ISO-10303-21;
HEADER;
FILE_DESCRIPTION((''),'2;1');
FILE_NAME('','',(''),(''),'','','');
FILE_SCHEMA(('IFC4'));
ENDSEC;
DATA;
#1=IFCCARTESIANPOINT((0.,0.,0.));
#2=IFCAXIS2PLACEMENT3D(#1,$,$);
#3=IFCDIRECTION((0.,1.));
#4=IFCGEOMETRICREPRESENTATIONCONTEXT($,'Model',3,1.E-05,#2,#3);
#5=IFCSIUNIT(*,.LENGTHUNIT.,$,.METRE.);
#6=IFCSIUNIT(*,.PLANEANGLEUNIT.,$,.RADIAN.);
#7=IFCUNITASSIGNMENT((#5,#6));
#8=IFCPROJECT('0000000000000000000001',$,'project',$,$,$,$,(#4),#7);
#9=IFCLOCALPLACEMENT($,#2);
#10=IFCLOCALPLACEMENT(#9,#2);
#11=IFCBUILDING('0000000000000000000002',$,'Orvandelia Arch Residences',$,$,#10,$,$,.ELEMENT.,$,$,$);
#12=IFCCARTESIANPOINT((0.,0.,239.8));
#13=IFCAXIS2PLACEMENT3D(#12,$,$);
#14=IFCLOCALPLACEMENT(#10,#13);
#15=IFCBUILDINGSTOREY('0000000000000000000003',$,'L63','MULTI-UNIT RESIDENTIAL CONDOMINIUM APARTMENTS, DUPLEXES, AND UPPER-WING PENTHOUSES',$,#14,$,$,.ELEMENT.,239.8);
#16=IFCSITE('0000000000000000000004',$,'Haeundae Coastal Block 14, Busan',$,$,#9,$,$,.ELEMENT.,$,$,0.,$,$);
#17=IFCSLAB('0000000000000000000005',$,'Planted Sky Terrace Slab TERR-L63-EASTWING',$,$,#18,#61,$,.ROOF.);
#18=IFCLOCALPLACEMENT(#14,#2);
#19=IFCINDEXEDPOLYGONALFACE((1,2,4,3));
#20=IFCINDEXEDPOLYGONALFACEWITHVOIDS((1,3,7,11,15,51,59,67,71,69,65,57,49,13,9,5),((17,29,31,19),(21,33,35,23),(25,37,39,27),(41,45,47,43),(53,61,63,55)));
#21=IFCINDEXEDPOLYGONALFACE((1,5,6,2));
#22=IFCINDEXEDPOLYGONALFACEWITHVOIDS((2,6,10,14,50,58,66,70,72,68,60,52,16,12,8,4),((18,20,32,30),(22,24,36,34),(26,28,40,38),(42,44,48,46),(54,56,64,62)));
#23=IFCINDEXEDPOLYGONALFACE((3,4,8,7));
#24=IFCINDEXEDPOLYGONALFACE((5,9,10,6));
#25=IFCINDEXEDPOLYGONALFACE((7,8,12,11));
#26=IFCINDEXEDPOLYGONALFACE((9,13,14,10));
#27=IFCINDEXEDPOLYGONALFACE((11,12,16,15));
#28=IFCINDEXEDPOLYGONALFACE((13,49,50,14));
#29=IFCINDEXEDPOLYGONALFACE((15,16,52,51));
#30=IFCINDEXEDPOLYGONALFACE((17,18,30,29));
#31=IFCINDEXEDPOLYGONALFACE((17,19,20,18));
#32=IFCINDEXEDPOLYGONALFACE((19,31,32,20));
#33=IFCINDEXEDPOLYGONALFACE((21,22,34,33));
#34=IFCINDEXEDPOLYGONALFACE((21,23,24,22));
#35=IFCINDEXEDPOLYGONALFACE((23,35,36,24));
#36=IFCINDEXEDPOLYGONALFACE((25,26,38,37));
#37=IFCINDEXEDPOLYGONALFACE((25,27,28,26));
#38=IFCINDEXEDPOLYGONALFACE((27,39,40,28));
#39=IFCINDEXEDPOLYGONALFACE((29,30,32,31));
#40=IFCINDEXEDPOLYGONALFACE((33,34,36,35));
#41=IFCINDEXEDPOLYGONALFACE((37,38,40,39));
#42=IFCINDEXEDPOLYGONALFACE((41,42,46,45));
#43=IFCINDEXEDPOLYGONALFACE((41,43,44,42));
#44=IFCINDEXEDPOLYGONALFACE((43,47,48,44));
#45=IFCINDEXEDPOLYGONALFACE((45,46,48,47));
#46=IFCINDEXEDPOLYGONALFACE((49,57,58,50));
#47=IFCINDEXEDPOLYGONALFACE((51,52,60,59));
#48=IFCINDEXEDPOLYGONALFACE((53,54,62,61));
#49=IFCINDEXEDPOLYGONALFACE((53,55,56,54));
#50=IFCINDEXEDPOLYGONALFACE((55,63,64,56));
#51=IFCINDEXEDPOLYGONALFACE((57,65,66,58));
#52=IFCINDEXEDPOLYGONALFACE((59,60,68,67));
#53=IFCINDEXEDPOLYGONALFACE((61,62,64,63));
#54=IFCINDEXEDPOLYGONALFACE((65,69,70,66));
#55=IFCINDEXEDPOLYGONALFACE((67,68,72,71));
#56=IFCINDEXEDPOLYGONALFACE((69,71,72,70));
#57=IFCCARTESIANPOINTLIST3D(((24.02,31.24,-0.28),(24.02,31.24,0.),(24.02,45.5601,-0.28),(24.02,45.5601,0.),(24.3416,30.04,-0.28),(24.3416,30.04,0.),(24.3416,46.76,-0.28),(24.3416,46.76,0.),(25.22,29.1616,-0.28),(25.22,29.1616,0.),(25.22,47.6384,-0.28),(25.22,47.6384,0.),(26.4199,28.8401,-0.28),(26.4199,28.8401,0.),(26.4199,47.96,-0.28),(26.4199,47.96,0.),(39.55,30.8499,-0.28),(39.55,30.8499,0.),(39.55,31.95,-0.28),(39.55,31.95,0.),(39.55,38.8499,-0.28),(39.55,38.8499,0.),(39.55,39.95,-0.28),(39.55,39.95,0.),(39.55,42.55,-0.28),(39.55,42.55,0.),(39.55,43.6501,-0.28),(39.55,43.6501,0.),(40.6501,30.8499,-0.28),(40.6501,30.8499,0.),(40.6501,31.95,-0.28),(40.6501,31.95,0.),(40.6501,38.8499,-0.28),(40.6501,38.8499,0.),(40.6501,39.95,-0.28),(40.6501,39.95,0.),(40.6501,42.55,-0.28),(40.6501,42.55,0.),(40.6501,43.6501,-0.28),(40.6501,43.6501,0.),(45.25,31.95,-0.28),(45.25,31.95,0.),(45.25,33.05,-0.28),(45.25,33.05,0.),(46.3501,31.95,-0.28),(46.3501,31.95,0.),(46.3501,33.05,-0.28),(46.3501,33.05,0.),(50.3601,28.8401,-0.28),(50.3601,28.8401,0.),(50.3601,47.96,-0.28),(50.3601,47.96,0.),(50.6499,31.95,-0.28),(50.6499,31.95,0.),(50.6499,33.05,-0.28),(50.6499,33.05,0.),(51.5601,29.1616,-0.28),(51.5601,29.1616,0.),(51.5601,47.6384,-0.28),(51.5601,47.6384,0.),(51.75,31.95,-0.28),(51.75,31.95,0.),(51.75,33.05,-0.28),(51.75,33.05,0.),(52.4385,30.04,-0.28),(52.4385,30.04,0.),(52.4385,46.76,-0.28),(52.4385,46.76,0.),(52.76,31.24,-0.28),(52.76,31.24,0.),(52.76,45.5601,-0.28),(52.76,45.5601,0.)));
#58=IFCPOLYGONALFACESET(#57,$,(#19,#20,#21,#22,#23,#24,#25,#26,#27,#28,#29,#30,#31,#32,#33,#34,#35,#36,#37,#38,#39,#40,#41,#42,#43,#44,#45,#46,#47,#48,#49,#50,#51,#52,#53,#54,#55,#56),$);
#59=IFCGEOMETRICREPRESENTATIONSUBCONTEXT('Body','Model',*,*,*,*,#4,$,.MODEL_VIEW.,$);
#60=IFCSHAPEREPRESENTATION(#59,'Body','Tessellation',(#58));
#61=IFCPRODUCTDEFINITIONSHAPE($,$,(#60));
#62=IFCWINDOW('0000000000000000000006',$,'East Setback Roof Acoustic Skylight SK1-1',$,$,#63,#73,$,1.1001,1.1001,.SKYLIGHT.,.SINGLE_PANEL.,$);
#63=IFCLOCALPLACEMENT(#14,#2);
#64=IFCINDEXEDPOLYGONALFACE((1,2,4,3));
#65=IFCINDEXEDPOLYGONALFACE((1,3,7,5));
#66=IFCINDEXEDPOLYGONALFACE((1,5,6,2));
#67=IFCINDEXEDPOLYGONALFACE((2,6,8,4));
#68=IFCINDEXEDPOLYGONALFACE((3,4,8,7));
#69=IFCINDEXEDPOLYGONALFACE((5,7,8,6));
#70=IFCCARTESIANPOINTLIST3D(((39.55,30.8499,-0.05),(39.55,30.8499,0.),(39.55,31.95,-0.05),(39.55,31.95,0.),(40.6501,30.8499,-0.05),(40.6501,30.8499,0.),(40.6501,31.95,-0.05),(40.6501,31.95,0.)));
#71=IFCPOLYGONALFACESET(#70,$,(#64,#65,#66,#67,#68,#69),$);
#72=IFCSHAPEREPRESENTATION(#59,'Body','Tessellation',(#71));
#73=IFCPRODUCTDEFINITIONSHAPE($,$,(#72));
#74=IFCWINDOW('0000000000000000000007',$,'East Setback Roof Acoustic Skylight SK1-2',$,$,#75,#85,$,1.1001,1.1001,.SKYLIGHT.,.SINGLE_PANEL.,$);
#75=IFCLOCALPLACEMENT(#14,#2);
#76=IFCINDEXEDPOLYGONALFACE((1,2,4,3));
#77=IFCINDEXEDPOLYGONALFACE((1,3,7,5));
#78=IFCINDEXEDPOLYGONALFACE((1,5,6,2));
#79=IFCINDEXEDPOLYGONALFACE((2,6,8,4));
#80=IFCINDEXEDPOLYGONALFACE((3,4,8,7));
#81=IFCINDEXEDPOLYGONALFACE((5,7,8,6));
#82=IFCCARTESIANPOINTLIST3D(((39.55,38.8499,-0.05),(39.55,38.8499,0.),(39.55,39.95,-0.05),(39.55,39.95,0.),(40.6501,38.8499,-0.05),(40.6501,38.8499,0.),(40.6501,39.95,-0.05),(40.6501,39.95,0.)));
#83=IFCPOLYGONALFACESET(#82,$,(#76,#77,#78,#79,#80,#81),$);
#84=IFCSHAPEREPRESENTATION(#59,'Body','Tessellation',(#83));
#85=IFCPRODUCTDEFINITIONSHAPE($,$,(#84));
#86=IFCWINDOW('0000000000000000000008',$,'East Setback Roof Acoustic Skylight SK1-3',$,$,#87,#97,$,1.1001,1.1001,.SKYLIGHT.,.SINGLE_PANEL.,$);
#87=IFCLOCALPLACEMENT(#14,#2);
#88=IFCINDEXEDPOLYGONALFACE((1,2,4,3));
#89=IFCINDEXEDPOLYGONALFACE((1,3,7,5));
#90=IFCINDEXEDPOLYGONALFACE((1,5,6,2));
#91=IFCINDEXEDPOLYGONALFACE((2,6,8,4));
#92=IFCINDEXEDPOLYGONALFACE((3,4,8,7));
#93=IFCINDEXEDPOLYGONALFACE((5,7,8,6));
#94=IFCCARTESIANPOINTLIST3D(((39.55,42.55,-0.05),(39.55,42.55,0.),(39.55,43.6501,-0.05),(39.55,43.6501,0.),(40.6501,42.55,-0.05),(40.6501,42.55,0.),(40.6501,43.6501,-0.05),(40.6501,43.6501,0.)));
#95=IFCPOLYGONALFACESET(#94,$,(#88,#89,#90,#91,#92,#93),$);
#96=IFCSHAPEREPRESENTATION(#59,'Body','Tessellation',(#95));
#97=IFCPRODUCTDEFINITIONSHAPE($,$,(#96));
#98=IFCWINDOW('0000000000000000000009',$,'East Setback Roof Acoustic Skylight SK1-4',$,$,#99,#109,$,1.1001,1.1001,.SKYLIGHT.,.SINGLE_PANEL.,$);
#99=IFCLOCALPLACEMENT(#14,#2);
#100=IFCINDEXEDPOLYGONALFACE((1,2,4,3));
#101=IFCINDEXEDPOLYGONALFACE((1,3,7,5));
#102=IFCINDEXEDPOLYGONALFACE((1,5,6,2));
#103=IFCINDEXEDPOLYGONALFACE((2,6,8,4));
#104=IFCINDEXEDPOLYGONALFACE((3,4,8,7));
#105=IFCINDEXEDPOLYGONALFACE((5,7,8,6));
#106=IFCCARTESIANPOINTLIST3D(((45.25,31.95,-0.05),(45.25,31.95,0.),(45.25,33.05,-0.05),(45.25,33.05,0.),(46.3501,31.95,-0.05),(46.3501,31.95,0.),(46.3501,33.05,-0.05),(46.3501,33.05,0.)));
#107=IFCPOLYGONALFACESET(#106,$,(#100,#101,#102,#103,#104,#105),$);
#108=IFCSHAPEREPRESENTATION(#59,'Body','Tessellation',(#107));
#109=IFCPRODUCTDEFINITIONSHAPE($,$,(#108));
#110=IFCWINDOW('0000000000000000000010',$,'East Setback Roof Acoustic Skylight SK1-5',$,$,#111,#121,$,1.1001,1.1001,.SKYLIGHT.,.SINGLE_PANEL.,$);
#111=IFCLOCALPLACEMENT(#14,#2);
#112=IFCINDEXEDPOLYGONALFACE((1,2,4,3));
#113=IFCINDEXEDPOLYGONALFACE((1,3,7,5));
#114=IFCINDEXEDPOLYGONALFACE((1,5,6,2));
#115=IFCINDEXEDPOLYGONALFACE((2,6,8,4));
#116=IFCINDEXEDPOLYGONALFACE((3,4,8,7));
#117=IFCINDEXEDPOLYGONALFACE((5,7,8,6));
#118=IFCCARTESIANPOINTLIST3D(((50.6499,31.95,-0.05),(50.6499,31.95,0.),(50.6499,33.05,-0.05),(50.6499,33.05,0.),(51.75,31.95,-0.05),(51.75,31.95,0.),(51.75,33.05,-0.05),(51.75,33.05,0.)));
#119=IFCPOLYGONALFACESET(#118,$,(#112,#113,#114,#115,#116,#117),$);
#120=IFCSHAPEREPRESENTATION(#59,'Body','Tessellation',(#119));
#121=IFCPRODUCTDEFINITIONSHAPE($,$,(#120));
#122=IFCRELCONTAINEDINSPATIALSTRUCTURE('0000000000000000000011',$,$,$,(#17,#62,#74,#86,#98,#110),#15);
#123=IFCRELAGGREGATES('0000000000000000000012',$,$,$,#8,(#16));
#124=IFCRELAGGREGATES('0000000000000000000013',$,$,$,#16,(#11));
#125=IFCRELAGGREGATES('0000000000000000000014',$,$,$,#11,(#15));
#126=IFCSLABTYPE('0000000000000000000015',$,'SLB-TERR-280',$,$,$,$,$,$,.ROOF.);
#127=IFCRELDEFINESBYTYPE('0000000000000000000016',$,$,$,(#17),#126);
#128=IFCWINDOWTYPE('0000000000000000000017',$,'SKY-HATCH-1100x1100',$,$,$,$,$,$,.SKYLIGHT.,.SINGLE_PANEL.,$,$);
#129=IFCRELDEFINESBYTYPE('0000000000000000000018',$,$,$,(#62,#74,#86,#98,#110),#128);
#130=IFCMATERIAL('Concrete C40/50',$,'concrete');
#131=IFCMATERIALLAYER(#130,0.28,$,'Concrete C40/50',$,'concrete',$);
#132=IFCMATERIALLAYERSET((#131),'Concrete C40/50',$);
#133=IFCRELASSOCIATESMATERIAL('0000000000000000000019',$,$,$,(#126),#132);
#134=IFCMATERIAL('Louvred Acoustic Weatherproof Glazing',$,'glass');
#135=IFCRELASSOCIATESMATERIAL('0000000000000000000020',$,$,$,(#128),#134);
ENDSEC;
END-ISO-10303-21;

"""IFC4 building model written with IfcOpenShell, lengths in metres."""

from ifc_helpers import new_model, si_unit, direction, frame, origin, origin_2d, place, context, subcontext, project, spatial, polyline, rectangle, outline, extrude, material, layer, layer_set, type_object, element, fill, save


model = new_model("IFC4")

# Units and contexts
model_context = context("Model", 3, precision=1e-05, world=origin(), true_north=direction((0.0, 1.0)))
body_context = subcontext(model_context, "Body", "Model", "MODEL_VIEW")
ifc_project = project(units=[si_unit("LENGTHUNIT", "METRE"), si_unit("PLANEANGLEUNIT", "RADIAN")], contexts=[model_context])

# Site, building, storey
site_placement = place(None, origin())
site = spatial("IfcSite", under=ifc_project, at=site_placement, Name="Haeundae Coastal Block 14, Busan", CompositionType="ELEMENT", RefElevation=0.0)
building_placement = place(site_placement, origin())
building = spatial("IfcBuilding", under=site, at=building_placement, Name="Orvandelia Arch Residences", CompositionType="ELEMENT")
storey_placement = place(building_placement, frame((0.0, 0.0, 239.8)))
storey = spatial("IfcBuildingStorey", under=building, at=storey_placement, Name="L63", Description="MULTI-UNIT RESIDENTIAL CONDOMINIUM APARTMENTS, DUPLEXES, AND UPPER-WING PENTHOUSES", CompositionType="ELEMENT", Elevation=239.8)

# Shared definitions
ifc_material_1 = material(Name="Concrete C40/50", Category="concrete")

# Slab, openings, windows
ifc_layer_1 = layer(ifc_material_1, 0.28, Name="Concrete C40/50", Category="concrete")
ifc_layer_set_1 = layer_set([ifc_layer_1], Name="Concrete C40/50")
slab_type_1 = type_object("IfcSlabType", Name="SLB-TERR-280", PredefinedType="ROOF", material=ifc_layer_set_1)
slab_1_placement = place(storey_placement, frame((0.0, 0.0, -0.28)))
slab_1 = element("IfcSlab", 1, at=slab_1_placement, inside=storey, type_object=slab_type_1, Name="Planted Sky Terrace Slab TERR-L63-EASTWING", PredefinedType="ROOF", context=body_context, shape_type="SweptSolid", body=[
    extrude(outline(polyline([(24.02, 31.24), (24.3416, 30.04), (25.22, 29.1616), (26.4199, 28.8401), (50.3601, 28.8401), (51.5601, 29.1616), (52.4385, 30.04), (52.76, 31.24), (52.76, 45.5601), (52.4385, 46.76), (51.5601, 47.6384), (50.3601, 47.96), (26.4199, 47.96), (25.22, 47.6384), (24.3416, 46.76), (24.02, 45.5601), (24.02, 31.24)])), origin(), (0.0, 0.0, 1.0), 0.28),
])
opening_1_placement = place(slab_1_placement, frame((40.1001, 31.3999, -0.01)))
opening_1 = element("IfcOpeningElement", 2, at=opening_1_placement, cuts=slab_1, PredefinedType="OPENING", context=body_context, shape_type="SweptSolid", body=[
    extrude(rectangle(XDim=1.1001, YDim=1.1001, at=origin_2d()), origin(), (0.0, 0.0, 1.0), 0.3),
])
opening_2_placement = place(slab_1_placement, frame((40.1001, 39.3999, -0.01)))
opening_2 = element("IfcOpeningElement", 3, at=opening_2_placement, cuts=slab_1, PredefinedType="OPENING", context=body_context, shape_type="SweptSolid", body=[
    extrude(rectangle(XDim=1.1001, YDim=1.1001, at=origin_2d()), origin(), (0.0, 0.0, 1.0), 0.3),
])
opening_3_placement = place(slab_1_placement, frame((40.1001, 43.1001, -0.01)))
opening_3 = element("IfcOpeningElement", 4, at=opening_3_placement, cuts=slab_1, PredefinedType="OPENING", context=body_context, shape_type="SweptSolid", body=[
    extrude(rectangle(XDim=1.1001, YDim=1.1001, at=origin_2d()), origin(), (0.0, 0.0, 1.0), 0.3),
])
opening_4_placement = place(slab_1_placement, frame((45.8, 32.5, -0.01)))
opening_4 = element("IfcOpeningElement", 5, at=opening_4_placement, cuts=slab_1, PredefinedType="OPENING", context=body_context, shape_type="SweptSolid", body=[
    extrude(rectangle(XDim=1.1001, YDim=1.1001, at=origin_2d()), origin(), (0.0, 0.0, 1.0), 0.3),
])
opening_5_placement = place(slab_1_placement, frame((51.2, 32.5, -0.01)))
opening_5 = element("IfcOpeningElement", 6, at=opening_5_placement, cuts=slab_1, PredefinedType="OPENING", context=body_context, shape_type="SweptSolid", body=[
    extrude(rectangle(XDim=1.1001, YDim=1.1001, at=origin_2d()), origin(), (0.0, 0.0, 1.0), 0.3),
])
ifc_material_2 = material(Name="Louvred Acoustic Weatherproof Glazing", Category="glass")
window_type_1 = type_object("IfcWindowType", Name="SKY-HATCH-1100x1100", PartitioningType="SINGLE_PANEL", PredefinedType="SKYLIGHT", material=ifc_material_2)
window_1_placement = place(opening_1_placement, frame((0.0, 0.0, 0.24)))
window_1 = element("IfcWindow", 7, at=window_1_placement, inside=storey, type_object=window_type_1, Name="East Setback Roof Acoustic Skylight SK1-1", OverallHeight=1.1001, OverallWidth=1.1001, PartitioningType="SINGLE_PANEL", PredefinedType="SKYLIGHT", context=body_context, shape_type="SweptSolid", body=[
    extrude(rectangle(XDim=1.1001, YDim=1.1001, at=origin_2d()), origin(), (0.0, 0.0, 1.0), 0.05),
])
fill(opening_1, window_1)
window_2_placement = place(opening_2_placement, frame((0.0, 0.0, 0.24)))
window_2 = element("IfcWindow", 8, at=window_2_placement, inside=storey, type_object=window_type_1, Name="East Setback Roof Acoustic Skylight SK1-2", OverallHeight=1.1001, OverallWidth=1.1001, PartitioningType="SINGLE_PANEL", PredefinedType="SKYLIGHT", context=body_context, shape_type="SweptSolid", body=[
    extrude(rectangle(XDim=1.1001, YDim=1.1001, at=origin_2d()), origin(), (0.0, 0.0, 1.0), 0.05),
])
fill(opening_2, window_2)
window_3_placement = place(opening_3_placement, frame((0.0, 0.0, 0.24)))
window_3 = element("IfcWindow", 9, at=window_3_placement, inside=storey, type_object=window_type_1, Name="East Setback Roof Acoustic Skylight SK1-3", OverallHeight=1.1001, OverallWidth=1.1001, PartitioningType="SINGLE_PANEL", PredefinedType="SKYLIGHT", context=body_context, shape_type="SweptSolid", body=[
    extrude(rectangle(XDim=1.1001, YDim=1.1001, at=origin_2d()), origin(), (0.0, 0.0, 1.0), 0.05),
])
fill(opening_3, window_3)
window_4_placement = place(opening_4_placement, frame((0.0, 0.0, 0.24)))
window_4 = element("IfcWindow", 10, at=window_4_placement, inside=storey, type_object=window_type_1, Name="East Setback Roof Acoustic Skylight SK1-4", OverallHeight=1.1001, OverallWidth=1.1001, PartitioningType="SINGLE_PANEL", PredefinedType="SKYLIGHT", context=body_context, shape_type="SweptSolid", body=[
    extrude(rectangle(XDim=1.1001, YDim=1.1001, at=origin_2d()), origin(), (0.0, 0.0, 1.0), 0.05),
])
fill(opening_4, window_4)
window_5_placement = place(opening_5_placement, frame((0.0, 0.0, 0.24)))
window_5 = element("IfcWindow", 11, at=window_5_placement, inside=storey, type_object=window_type_1, Name="East Setback Roof Acoustic Skylight SK1-5", OverallHeight=1.1001, OverallWidth=1.1001, PartitioningType="SINGLE_PANEL", PredefinedType="SKYLIGHT", context=body_context, shape_type="SweptSolid", body=[
    extrude(rectangle(XDim=1.1001, YDim=1.1001, at=origin_2d()), origin(), (0.0, 0.0, 1.0), 0.05),
])
fill(opening_5, window_5)

save(model, "model.ifc")
